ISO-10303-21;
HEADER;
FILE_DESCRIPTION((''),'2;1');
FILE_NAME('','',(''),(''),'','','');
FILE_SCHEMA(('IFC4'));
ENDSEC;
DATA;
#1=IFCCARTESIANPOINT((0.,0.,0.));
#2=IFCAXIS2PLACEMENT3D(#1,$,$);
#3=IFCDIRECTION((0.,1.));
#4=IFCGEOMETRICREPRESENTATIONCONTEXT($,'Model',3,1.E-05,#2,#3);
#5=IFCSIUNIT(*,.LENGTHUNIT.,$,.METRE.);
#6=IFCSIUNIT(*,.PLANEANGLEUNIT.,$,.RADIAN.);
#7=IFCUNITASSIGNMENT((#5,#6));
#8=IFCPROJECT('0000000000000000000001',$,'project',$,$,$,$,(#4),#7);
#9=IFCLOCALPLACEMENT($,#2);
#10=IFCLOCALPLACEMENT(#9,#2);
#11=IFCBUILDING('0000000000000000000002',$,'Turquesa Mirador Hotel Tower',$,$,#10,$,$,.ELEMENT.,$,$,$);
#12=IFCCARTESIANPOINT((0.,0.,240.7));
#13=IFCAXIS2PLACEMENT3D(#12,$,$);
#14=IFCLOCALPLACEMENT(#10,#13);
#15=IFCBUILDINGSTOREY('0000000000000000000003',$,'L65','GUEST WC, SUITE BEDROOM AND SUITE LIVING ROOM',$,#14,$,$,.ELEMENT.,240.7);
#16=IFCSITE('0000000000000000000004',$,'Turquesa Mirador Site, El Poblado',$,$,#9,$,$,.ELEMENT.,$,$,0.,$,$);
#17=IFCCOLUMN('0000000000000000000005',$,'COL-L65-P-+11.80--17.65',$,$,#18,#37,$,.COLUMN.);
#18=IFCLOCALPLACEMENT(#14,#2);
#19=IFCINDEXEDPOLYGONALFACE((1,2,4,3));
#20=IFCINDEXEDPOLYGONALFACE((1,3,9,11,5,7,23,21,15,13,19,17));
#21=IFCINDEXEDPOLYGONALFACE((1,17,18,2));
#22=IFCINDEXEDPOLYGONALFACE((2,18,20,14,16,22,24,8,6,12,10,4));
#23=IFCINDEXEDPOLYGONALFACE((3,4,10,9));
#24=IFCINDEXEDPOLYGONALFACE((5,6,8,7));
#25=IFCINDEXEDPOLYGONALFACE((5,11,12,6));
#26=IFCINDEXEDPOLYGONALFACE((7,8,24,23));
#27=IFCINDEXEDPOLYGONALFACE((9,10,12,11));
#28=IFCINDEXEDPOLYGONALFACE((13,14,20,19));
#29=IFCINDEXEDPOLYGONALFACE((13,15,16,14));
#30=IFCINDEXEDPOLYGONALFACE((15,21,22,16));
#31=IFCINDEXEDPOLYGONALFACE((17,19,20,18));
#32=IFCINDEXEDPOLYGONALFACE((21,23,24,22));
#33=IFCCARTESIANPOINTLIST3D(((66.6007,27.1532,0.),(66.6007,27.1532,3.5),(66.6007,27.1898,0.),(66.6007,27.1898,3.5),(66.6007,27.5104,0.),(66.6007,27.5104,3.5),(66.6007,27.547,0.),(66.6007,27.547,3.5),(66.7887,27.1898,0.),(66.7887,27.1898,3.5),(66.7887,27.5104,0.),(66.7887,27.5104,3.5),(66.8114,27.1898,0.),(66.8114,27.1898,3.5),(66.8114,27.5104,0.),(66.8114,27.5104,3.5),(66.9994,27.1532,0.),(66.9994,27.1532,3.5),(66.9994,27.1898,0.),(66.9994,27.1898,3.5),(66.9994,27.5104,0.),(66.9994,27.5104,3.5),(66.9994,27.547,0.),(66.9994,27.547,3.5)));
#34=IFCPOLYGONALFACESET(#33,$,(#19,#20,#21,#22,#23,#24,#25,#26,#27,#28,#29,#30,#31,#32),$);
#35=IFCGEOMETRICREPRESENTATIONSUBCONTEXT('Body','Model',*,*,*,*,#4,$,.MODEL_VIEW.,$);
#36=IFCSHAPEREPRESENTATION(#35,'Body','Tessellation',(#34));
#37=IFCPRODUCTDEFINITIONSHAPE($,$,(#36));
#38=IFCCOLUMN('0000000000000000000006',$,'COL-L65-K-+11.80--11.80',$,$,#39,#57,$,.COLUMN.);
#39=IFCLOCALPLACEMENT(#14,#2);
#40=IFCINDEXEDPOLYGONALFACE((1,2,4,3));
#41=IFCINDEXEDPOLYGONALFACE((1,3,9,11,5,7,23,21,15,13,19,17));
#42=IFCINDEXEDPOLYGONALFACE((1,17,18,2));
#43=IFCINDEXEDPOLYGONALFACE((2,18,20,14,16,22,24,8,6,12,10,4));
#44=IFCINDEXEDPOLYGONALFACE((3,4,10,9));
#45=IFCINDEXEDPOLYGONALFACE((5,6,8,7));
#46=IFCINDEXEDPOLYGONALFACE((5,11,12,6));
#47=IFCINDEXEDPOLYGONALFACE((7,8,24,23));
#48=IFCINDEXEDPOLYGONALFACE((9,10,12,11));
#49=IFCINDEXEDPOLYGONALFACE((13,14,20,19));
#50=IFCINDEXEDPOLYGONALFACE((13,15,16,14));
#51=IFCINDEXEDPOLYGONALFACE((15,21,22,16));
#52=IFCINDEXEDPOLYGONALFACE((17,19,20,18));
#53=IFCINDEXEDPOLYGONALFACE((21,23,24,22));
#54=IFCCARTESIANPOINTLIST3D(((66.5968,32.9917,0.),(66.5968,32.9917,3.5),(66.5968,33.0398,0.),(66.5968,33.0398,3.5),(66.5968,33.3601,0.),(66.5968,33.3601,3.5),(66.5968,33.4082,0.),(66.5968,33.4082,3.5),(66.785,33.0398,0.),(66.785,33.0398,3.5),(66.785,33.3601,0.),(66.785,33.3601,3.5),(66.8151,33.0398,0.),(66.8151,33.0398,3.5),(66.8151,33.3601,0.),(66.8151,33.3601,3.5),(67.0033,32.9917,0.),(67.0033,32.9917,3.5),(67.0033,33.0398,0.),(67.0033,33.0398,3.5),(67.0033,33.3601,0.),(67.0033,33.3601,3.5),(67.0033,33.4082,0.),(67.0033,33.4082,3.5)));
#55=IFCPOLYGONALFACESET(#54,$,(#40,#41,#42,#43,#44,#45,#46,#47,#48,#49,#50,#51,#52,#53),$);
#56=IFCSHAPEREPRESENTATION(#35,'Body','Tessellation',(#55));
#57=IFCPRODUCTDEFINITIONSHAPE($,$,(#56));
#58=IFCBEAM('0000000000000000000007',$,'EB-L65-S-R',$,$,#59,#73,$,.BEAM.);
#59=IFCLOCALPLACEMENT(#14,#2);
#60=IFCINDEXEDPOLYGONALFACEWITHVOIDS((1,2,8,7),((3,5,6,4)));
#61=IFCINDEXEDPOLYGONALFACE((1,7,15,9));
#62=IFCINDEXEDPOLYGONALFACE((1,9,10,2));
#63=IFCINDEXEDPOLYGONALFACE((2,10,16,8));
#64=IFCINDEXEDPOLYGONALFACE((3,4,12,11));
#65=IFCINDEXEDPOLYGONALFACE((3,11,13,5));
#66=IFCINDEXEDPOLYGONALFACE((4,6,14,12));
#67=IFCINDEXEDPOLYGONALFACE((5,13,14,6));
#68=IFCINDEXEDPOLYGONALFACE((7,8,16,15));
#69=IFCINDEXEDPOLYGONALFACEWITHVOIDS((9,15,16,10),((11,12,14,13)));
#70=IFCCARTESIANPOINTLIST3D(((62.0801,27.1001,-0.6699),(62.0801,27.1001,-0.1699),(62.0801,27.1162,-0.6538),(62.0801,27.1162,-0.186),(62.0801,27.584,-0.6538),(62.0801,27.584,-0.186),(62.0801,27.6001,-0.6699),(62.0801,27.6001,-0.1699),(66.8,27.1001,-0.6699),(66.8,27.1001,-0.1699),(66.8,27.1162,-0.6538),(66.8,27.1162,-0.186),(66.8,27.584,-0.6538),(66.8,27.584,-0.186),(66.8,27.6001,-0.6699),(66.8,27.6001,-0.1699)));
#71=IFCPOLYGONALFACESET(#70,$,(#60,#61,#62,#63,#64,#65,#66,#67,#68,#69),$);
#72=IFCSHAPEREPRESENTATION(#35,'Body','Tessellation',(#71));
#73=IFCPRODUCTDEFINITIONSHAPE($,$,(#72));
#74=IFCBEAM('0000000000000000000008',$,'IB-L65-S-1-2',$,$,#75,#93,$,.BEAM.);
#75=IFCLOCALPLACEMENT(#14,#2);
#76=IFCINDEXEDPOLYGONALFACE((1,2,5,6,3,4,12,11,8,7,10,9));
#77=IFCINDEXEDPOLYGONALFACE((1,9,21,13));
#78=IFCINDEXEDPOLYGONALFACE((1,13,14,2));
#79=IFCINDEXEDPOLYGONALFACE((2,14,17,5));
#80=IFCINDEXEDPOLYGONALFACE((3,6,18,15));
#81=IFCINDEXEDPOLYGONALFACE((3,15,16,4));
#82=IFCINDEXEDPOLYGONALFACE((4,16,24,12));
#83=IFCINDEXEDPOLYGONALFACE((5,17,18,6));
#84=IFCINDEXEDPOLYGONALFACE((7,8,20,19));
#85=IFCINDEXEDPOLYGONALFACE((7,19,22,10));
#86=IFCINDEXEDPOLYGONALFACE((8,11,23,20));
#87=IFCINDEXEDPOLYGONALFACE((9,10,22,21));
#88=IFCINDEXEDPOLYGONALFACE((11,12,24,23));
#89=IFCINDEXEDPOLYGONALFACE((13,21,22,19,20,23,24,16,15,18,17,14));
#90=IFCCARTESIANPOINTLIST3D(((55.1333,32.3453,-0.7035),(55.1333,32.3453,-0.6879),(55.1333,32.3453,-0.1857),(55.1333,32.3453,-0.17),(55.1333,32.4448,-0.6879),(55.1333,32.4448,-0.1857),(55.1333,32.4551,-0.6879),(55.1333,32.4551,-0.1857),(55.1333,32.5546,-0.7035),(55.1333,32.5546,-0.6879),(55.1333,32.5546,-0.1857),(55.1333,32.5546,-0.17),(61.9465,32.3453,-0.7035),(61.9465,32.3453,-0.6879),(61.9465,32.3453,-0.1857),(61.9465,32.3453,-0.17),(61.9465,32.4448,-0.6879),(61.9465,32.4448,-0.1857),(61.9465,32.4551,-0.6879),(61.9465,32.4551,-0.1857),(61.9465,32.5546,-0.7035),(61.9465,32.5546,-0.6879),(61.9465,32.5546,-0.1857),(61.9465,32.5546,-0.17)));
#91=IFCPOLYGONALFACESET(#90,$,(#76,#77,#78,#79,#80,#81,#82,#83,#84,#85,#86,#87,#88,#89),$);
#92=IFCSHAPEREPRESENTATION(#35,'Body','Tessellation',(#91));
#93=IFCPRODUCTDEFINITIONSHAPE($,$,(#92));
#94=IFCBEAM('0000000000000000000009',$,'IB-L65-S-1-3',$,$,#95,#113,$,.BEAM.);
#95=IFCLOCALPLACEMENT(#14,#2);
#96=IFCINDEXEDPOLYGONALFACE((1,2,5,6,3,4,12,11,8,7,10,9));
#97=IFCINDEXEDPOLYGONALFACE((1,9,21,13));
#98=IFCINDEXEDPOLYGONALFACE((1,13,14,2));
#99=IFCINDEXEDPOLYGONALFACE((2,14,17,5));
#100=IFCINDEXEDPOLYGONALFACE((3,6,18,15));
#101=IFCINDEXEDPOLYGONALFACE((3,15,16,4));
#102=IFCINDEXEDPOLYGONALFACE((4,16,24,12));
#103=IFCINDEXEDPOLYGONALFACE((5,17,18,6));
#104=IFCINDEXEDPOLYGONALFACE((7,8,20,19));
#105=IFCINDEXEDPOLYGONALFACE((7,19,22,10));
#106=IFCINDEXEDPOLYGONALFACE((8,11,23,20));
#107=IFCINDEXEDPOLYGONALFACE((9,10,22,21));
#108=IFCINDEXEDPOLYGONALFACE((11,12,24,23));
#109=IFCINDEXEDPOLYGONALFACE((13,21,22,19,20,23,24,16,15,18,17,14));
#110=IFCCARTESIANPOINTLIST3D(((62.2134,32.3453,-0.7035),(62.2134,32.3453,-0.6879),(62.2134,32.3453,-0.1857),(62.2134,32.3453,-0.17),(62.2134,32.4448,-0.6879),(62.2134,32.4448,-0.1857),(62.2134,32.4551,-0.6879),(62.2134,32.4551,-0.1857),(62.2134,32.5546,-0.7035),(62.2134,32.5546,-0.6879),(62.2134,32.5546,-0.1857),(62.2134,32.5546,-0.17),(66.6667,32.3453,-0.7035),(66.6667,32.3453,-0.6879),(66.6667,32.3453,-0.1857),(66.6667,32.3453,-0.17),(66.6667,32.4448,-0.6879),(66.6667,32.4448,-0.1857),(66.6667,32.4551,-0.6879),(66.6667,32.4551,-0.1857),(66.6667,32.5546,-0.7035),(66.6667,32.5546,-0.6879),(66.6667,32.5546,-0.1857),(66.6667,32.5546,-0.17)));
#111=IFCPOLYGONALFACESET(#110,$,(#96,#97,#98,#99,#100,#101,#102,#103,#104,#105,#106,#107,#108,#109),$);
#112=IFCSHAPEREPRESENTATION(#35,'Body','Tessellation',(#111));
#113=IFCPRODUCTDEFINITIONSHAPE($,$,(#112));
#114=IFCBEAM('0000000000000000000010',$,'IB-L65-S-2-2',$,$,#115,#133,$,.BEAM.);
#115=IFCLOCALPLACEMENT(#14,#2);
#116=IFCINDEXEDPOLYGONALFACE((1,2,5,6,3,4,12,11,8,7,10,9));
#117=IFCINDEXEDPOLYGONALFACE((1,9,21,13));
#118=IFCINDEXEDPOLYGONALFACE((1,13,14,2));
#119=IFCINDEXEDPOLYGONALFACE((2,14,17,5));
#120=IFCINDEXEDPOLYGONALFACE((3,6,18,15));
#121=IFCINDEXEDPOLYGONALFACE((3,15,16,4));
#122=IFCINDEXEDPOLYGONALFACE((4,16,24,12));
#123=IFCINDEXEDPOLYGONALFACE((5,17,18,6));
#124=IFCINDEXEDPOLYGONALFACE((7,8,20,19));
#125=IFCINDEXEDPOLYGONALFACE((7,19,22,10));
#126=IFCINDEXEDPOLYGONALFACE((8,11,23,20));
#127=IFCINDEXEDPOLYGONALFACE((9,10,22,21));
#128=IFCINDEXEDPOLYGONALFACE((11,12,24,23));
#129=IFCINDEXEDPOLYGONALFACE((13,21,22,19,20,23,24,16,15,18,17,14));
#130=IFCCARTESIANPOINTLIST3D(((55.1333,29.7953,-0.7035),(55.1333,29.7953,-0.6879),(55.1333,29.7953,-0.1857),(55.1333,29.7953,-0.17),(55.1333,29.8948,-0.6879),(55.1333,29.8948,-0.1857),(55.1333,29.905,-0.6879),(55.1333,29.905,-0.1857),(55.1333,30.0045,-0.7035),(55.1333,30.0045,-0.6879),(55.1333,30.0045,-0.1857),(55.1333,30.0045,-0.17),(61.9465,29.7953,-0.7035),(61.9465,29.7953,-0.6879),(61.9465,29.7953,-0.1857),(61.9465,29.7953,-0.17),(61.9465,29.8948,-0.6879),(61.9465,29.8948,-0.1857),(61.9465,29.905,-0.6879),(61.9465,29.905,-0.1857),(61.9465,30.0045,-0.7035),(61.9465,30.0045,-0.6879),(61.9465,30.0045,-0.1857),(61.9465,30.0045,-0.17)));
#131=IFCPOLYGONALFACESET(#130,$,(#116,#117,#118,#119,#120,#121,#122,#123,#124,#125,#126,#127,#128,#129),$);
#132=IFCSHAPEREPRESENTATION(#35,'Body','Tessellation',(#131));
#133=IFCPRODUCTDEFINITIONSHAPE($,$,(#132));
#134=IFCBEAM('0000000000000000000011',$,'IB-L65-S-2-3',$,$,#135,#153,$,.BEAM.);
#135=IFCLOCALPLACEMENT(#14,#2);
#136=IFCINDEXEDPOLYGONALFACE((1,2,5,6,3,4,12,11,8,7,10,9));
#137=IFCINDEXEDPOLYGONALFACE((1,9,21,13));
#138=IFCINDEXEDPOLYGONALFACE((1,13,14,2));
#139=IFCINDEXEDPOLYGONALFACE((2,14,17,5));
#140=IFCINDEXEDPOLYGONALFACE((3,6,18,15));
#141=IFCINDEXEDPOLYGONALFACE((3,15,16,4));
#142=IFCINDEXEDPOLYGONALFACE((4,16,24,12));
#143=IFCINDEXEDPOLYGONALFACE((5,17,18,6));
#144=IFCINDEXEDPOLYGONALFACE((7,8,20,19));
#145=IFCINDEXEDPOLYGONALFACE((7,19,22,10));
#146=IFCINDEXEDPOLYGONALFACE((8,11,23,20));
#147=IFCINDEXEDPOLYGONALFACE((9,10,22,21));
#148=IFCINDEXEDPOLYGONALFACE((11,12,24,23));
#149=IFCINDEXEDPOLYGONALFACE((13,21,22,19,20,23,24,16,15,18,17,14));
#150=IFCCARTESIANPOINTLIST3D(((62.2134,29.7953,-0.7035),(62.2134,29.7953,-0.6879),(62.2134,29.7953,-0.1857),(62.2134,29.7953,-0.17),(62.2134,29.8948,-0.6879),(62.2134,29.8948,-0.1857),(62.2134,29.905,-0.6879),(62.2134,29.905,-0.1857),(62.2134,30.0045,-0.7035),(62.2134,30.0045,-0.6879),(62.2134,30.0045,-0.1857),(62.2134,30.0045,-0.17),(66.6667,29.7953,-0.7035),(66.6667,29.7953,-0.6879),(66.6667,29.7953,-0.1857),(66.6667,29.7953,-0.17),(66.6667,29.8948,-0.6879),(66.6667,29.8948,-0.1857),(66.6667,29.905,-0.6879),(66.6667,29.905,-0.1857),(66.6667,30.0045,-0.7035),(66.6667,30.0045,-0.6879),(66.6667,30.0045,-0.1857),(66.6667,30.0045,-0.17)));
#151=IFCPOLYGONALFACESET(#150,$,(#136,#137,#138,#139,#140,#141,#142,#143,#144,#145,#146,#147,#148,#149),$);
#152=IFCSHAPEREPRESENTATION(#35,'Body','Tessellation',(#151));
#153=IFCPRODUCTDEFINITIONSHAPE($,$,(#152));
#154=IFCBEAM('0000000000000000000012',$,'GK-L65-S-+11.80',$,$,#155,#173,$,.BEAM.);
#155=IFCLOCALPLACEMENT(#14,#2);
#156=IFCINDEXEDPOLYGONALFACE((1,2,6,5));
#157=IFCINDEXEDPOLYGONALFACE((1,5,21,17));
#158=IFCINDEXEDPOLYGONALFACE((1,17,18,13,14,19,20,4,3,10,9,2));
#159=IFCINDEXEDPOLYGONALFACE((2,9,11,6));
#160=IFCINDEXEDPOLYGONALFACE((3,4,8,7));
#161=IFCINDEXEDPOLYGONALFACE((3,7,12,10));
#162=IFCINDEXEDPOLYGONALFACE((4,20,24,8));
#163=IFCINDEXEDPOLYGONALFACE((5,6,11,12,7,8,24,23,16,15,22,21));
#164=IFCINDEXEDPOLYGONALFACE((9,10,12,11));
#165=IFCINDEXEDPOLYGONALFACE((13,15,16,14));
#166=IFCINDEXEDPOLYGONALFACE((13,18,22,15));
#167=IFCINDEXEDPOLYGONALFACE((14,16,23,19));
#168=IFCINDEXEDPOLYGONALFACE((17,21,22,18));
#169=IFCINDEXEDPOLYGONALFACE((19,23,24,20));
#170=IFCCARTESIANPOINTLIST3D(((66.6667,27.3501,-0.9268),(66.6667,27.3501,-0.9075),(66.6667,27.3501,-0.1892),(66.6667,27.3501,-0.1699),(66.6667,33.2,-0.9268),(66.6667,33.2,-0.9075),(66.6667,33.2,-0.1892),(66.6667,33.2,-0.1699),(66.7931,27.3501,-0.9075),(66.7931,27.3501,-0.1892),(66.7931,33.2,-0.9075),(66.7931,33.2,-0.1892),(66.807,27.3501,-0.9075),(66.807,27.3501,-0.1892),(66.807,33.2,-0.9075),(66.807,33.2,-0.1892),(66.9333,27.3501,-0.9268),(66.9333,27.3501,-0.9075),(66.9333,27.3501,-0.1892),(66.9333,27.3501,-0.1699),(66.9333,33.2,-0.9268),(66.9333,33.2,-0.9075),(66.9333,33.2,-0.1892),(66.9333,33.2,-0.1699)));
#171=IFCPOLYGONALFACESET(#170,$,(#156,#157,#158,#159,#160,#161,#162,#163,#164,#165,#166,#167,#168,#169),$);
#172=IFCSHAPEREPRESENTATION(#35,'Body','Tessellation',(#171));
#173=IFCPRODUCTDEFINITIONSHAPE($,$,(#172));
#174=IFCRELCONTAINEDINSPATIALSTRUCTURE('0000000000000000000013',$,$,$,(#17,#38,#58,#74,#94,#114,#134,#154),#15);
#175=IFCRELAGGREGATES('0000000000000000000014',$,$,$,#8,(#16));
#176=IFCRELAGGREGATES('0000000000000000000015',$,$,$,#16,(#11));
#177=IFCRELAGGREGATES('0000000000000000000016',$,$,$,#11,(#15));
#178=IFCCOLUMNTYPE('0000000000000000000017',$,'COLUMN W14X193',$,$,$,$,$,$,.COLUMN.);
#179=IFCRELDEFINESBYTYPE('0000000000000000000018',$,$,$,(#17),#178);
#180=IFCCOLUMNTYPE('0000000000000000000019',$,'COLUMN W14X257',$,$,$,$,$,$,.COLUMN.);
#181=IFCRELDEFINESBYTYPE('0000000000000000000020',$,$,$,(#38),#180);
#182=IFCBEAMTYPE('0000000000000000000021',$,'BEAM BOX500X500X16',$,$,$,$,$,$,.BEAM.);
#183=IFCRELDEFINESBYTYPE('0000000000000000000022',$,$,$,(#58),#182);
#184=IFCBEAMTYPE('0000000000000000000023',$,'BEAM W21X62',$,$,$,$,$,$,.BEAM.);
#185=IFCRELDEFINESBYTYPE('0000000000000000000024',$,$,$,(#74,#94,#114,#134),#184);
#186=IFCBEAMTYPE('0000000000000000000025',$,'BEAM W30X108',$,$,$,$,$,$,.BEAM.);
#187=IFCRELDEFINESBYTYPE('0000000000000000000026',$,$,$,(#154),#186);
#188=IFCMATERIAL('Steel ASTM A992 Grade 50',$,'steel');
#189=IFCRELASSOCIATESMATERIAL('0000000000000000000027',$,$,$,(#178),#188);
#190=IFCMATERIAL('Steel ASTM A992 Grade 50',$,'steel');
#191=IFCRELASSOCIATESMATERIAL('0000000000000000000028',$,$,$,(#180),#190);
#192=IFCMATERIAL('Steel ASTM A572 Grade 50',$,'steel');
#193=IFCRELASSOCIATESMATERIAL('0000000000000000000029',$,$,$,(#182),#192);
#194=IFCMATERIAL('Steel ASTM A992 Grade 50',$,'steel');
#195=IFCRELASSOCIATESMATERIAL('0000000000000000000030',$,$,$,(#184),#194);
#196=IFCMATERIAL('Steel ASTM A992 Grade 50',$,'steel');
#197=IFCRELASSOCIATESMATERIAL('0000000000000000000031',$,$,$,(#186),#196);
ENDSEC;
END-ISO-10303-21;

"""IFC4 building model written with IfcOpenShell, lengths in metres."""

from ifc_helpers import new_model, si_unit, direction, frame, origin, origin_2d, place, context, subcontext, project, spatial, hollow_rectangle, i_section, extrude, material, material_profile, profile_set, type_object, element, save


model = new_model("IFC4")

# Units and contexts
model_context = context("Model", 3, precision=1e-05, world=origin(), true_north=direction((0.0, 1.0)))
body_context = subcontext(model_context, "Body", "Model", "MODEL_VIEW")
ifc_project = project(units=[si_unit("LENGTHUNIT", "METRE"), si_unit("PLANEANGLEUNIT", "RADIAN")], contexts=[model_context])

# Site, building, storey
site_placement = place(None, origin())
site = spatial("IfcSite", under=ifc_project, at=site_placement, Name="Turquesa Mirador Site, El Poblado", CompositionType="ELEMENT", RefElevation=0.0)
building_placement = place(site_placement, origin())
building = spatial("IfcBuilding", under=site, at=building_placement, Name="Turquesa Mirador Hotel Tower", CompositionType="ELEMENT")
storey_placement = place(building_placement, frame((0.0, 0.0, 240.7)))
storey = spatial("IfcBuildingStorey", under=building, at=storey_placement, Name="L65", Description="GUEST WC, SUITE BEDROOM AND SUITE LIVING ROOM", CompositionType="ELEMENT", Elevation=240.7)

# Columns
ifc_material_1 = material(Name="Steel ASTM A992 Grade 50", Category="steel")
ifc_material_profile_1 = material_profile(ifc_material_1, i_section(OverallWidth=0.3987, OverallDepth=0.3938, WebThickness=0.0227, FlangeThickness=0.0366, at=origin_2d()), Name="W14X193")
ifc_profile_set_1 = profile_set([ifc_material_profile_1], Name="Steel ASTM A992 Grade 50")
column_type_1 = type_object("IfcColumnType", Name="COLUMN W14X193", PredefinedType="COLUMN", material=ifc_profile_set_1)
column_1_placement = place(storey_placement, frame((66.8, 27.3501, 0.0), z_axis=(0.0, 0.0, 1.0), x_axis=(1.0, 0.0, 0.0)))
element("IfcColumn", 1, at=column_1_placement, inside=storey, type_object=column_type_1, Name="COL-L65-P-+11.80--17.65", PredefinedType="COLUMN", context=body_context, shape_type="SweptSolid", body=[
    extrude(i_section(OverallWidth=0.3987, OverallDepth=0.3938, WebThickness=0.0227, FlangeThickness=0.0366, at=origin_2d()), origin(), (0.0, 0.0, 1.0), 3.5),
])
ifc_material_2 = material(Name="Steel ASTM A992 Grade 50", Category="steel")
ifc_material_profile_2 = material_profile(ifc_material_2, i_section(OverallWidth=0.4065, OverallDepth=0.4165, WebThickness=0.03, FlangeThickness=0.0481, at=origin_2d()), Name="W14X257")
ifc_profile_set_2 = profile_set([ifc_material_profile_2], Name="Steel ASTM A992 Grade 50")
column_type_2 = type_object("IfcColumnType", Name="COLUMN W14X257", PredefinedType="COLUMN", material=ifc_profile_set_2)
column_2_placement = place(storey_placement, frame((66.8, 33.2, 0.0), z_axis=(0.0, 0.0, 1.0), x_axis=(1.0, 0.0, 0.0)))
element("IfcColumn", 2, at=column_2_placement, inside=storey, type_object=column_type_2, Name="COL-L65-K-+11.80--11.80", PredefinedType="COLUMN", context=body_context, shape_type="SweptSolid", body=[
    extrude(i_section(OverallWidth=0.4065, OverallDepth=0.4165, WebThickness=0.03, FlangeThickness=0.0481, at=origin_2d()), origin(), (0.0, 0.0, 1.0), 3.5),
])

# Beams
ifc_material_3 = material(Name="Steel ASTM A572 Grade 50", Category="steel")
ifc_material_profile_3 = material_profile(ifc_material_3, hollow_rectangle(XDim=0.5, YDim=0.5, WallThickness=0.0161, at=origin_2d()), Name="BOX500X500X16")
ifc_profile_set_3 = profile_set([ifc_material_profile_3], Name="Steel ASTM A572 Grade 50")
beam_type_1 = type_object("IfcBeamType", Name="BEAM BOX500X500X16", PredefinedType="BEAM", material=ifc_profile_set_3)
beam_1_placement = place(storey_placement, frame((62.0801, 27.3501, -0.4199), z_axis=(1.0, 0.0, 0.0), x_axis=(0.0, 1.0, 0.0)))
element("IfcBeam", 3, at=beam_1_placement, inside=storey, type_object=beam_type_1, Name="EB-L65-S-R", PredefinedType="BEAM", context=body_context, shape_type="SweptSolid", body=[
    extrude(hollow_rectangle(XDim=0.5, YDim=0.5, WallThickness=0.0161, at=origin_2d()), origin(), (0.0, 0.0, 1.0), 4.72),
])
ifc_material_4 = material(Name="Steel ASTM A992 Grade 50", Category="steel")
ifc_material_profile_4 = material_profile(ifc_material_4, i_section(OverallWidth=0.2092, OverallDepth=0.5334, WebThickness=0.0103, FlangeThickness=0.0156, at=origin_2d()), Name="W21X62")
ifc_profile_set_4 = profile_set([ifc_material_profile_4], Name="Steel ASTM A992 Grade 50")
beam_type_2 = type_object("IfcBeamType", Name="BEAM W21X62", PredefinedType="BEAM", material=ifc_profile_set_4)
beam_2_placement = place(storey_placement, frame((55.1333, 32.45, -0.4368), z_axis=(1.0, 0.0, 0.0), x_axis=(0.0, 1.0, 0.0)))
element("IfcBeam", 4, at=beam_2_placement, inside=storey, type_object=beam_type_2, Name="IB-L65-S-1-2", PredefinedType="BEAM", context=body_context, shape_type="SweptSolid", body=[
    extrude(i_section(OverallWidth=0.2092, OverallDepth=0.5334, WebThickness=0.0103, FlangeThickness=0.0156, at=origin_2d()), origin(), (0.0, 0.0, 1.0), 6.8132),
])
beam_3_placement = place(storey_placement, frame((62.2134, 32.45, -0.4368), z_axis=(1.0, 0.0, 0.0), x_axis=(0.0, 1.0, 0.0)))
element("IfcBeam", 5, at=beam_3_placement, inside=storey, type_object=beam_type_2, Name="IB-L65-S-1-3", PredefinedType="BEAM", context=body_context, shape_type="SweptSolid", body=[
    extrude(i_section(OverallWidth=0.2092, OverallDepth=0.5334, WebThickness=0.0103, FlangeThickness=0.0156, at=origin_2d()), origin(), (0.0, 0.0, 1.0), 4.4534),
])
beam_4_placement = place(storey_placement, frame((55.1333, 29.8999, -0.4368), z_axis=(1.0, 0.0, 0.0), x_axis=(0.0, 1.0, 0.0)))
element("IfcBeam", 6, at=beam_4_placement, inside=storey, type_object=beam_type_2, Name="IB-L65-S-2-2", PredefinedType="BEAM", context=body_context, shape_type="SweptSolid", body=[
    extrude(i_section(OverallWidth=0.2092, OverallDepth=0.5334, WebThickness=0.0103, FlangeThickness=0.0156, at=origin_2d()), origin(), (0.0, 0.0, 1.0), 6.8132),
])
beam_5_placement = place(storey_placement, frame((62.2134, 29.8999, -0.4368), z_axis=(1.0, 0.0, 0.0), x_axis=(0.0, 1.0, 0.0)))
element("IfcBeam", 7, at=beam_5_placement, inside=storey, type_object=beam_type_2, Name="IB-L65-S-2-3", PredefinedType="BEAM", context=body_context, shape_type="SweptSolid", body=[
    extrude(i_section(OverallWidth=0.2092, OverallDepth=0.5334, WebThickness=0.0103, FlangeThickness=0.0156, at=origin_2d()), origin(), (0.0, 0.0, 1.0), 4.4534),
])
ifc_material_5 = material(Name="Steel ASTM A992 Grade 50", Category="steel")
ifc_material_profile_5 = material_profile(ifc_material_5, i_section(OverallWidth=0.2666, OverallDepth=0.7568, WebThickness=0.0139, FlangeThickness=0.0193, at=origin_2d()), Name="W30X108")
ifc_profile_set_5 = profile_set([ifc_material_profile_5], Name="Steel ASTM A992 Grade 50")
beam_type_3 = type_object("IfcBeamType", Name="BEAM W30X108", PredefinedType="BEAM", material=ifc_profile_set_5)
beam_6_placement = place(storey_placement, frame((66.8, 27.3501, -0.5483), z_axis=(0.0, 1.0, 0.0), x_axis=(-1.0, 0.0, 0.0)))
element("IfcBeam", 8, at=beam_6_placement, inside=storey, type_object=beam_type_3, Name="GK-L65-S-+11.80", PredefinedType="BEAM", context=body_context, shape_type="SweptSolid", body=[
    extrude(i_section(OverallWidth=0.2666, OverallDepth=0.7568, WebThickness=0.0139, FlangeThickness=0.0193, at=origin_2d()), origin(), (0.0, 0.0, 1.0), 5.8499),
])

save(model, "model.ifc")
